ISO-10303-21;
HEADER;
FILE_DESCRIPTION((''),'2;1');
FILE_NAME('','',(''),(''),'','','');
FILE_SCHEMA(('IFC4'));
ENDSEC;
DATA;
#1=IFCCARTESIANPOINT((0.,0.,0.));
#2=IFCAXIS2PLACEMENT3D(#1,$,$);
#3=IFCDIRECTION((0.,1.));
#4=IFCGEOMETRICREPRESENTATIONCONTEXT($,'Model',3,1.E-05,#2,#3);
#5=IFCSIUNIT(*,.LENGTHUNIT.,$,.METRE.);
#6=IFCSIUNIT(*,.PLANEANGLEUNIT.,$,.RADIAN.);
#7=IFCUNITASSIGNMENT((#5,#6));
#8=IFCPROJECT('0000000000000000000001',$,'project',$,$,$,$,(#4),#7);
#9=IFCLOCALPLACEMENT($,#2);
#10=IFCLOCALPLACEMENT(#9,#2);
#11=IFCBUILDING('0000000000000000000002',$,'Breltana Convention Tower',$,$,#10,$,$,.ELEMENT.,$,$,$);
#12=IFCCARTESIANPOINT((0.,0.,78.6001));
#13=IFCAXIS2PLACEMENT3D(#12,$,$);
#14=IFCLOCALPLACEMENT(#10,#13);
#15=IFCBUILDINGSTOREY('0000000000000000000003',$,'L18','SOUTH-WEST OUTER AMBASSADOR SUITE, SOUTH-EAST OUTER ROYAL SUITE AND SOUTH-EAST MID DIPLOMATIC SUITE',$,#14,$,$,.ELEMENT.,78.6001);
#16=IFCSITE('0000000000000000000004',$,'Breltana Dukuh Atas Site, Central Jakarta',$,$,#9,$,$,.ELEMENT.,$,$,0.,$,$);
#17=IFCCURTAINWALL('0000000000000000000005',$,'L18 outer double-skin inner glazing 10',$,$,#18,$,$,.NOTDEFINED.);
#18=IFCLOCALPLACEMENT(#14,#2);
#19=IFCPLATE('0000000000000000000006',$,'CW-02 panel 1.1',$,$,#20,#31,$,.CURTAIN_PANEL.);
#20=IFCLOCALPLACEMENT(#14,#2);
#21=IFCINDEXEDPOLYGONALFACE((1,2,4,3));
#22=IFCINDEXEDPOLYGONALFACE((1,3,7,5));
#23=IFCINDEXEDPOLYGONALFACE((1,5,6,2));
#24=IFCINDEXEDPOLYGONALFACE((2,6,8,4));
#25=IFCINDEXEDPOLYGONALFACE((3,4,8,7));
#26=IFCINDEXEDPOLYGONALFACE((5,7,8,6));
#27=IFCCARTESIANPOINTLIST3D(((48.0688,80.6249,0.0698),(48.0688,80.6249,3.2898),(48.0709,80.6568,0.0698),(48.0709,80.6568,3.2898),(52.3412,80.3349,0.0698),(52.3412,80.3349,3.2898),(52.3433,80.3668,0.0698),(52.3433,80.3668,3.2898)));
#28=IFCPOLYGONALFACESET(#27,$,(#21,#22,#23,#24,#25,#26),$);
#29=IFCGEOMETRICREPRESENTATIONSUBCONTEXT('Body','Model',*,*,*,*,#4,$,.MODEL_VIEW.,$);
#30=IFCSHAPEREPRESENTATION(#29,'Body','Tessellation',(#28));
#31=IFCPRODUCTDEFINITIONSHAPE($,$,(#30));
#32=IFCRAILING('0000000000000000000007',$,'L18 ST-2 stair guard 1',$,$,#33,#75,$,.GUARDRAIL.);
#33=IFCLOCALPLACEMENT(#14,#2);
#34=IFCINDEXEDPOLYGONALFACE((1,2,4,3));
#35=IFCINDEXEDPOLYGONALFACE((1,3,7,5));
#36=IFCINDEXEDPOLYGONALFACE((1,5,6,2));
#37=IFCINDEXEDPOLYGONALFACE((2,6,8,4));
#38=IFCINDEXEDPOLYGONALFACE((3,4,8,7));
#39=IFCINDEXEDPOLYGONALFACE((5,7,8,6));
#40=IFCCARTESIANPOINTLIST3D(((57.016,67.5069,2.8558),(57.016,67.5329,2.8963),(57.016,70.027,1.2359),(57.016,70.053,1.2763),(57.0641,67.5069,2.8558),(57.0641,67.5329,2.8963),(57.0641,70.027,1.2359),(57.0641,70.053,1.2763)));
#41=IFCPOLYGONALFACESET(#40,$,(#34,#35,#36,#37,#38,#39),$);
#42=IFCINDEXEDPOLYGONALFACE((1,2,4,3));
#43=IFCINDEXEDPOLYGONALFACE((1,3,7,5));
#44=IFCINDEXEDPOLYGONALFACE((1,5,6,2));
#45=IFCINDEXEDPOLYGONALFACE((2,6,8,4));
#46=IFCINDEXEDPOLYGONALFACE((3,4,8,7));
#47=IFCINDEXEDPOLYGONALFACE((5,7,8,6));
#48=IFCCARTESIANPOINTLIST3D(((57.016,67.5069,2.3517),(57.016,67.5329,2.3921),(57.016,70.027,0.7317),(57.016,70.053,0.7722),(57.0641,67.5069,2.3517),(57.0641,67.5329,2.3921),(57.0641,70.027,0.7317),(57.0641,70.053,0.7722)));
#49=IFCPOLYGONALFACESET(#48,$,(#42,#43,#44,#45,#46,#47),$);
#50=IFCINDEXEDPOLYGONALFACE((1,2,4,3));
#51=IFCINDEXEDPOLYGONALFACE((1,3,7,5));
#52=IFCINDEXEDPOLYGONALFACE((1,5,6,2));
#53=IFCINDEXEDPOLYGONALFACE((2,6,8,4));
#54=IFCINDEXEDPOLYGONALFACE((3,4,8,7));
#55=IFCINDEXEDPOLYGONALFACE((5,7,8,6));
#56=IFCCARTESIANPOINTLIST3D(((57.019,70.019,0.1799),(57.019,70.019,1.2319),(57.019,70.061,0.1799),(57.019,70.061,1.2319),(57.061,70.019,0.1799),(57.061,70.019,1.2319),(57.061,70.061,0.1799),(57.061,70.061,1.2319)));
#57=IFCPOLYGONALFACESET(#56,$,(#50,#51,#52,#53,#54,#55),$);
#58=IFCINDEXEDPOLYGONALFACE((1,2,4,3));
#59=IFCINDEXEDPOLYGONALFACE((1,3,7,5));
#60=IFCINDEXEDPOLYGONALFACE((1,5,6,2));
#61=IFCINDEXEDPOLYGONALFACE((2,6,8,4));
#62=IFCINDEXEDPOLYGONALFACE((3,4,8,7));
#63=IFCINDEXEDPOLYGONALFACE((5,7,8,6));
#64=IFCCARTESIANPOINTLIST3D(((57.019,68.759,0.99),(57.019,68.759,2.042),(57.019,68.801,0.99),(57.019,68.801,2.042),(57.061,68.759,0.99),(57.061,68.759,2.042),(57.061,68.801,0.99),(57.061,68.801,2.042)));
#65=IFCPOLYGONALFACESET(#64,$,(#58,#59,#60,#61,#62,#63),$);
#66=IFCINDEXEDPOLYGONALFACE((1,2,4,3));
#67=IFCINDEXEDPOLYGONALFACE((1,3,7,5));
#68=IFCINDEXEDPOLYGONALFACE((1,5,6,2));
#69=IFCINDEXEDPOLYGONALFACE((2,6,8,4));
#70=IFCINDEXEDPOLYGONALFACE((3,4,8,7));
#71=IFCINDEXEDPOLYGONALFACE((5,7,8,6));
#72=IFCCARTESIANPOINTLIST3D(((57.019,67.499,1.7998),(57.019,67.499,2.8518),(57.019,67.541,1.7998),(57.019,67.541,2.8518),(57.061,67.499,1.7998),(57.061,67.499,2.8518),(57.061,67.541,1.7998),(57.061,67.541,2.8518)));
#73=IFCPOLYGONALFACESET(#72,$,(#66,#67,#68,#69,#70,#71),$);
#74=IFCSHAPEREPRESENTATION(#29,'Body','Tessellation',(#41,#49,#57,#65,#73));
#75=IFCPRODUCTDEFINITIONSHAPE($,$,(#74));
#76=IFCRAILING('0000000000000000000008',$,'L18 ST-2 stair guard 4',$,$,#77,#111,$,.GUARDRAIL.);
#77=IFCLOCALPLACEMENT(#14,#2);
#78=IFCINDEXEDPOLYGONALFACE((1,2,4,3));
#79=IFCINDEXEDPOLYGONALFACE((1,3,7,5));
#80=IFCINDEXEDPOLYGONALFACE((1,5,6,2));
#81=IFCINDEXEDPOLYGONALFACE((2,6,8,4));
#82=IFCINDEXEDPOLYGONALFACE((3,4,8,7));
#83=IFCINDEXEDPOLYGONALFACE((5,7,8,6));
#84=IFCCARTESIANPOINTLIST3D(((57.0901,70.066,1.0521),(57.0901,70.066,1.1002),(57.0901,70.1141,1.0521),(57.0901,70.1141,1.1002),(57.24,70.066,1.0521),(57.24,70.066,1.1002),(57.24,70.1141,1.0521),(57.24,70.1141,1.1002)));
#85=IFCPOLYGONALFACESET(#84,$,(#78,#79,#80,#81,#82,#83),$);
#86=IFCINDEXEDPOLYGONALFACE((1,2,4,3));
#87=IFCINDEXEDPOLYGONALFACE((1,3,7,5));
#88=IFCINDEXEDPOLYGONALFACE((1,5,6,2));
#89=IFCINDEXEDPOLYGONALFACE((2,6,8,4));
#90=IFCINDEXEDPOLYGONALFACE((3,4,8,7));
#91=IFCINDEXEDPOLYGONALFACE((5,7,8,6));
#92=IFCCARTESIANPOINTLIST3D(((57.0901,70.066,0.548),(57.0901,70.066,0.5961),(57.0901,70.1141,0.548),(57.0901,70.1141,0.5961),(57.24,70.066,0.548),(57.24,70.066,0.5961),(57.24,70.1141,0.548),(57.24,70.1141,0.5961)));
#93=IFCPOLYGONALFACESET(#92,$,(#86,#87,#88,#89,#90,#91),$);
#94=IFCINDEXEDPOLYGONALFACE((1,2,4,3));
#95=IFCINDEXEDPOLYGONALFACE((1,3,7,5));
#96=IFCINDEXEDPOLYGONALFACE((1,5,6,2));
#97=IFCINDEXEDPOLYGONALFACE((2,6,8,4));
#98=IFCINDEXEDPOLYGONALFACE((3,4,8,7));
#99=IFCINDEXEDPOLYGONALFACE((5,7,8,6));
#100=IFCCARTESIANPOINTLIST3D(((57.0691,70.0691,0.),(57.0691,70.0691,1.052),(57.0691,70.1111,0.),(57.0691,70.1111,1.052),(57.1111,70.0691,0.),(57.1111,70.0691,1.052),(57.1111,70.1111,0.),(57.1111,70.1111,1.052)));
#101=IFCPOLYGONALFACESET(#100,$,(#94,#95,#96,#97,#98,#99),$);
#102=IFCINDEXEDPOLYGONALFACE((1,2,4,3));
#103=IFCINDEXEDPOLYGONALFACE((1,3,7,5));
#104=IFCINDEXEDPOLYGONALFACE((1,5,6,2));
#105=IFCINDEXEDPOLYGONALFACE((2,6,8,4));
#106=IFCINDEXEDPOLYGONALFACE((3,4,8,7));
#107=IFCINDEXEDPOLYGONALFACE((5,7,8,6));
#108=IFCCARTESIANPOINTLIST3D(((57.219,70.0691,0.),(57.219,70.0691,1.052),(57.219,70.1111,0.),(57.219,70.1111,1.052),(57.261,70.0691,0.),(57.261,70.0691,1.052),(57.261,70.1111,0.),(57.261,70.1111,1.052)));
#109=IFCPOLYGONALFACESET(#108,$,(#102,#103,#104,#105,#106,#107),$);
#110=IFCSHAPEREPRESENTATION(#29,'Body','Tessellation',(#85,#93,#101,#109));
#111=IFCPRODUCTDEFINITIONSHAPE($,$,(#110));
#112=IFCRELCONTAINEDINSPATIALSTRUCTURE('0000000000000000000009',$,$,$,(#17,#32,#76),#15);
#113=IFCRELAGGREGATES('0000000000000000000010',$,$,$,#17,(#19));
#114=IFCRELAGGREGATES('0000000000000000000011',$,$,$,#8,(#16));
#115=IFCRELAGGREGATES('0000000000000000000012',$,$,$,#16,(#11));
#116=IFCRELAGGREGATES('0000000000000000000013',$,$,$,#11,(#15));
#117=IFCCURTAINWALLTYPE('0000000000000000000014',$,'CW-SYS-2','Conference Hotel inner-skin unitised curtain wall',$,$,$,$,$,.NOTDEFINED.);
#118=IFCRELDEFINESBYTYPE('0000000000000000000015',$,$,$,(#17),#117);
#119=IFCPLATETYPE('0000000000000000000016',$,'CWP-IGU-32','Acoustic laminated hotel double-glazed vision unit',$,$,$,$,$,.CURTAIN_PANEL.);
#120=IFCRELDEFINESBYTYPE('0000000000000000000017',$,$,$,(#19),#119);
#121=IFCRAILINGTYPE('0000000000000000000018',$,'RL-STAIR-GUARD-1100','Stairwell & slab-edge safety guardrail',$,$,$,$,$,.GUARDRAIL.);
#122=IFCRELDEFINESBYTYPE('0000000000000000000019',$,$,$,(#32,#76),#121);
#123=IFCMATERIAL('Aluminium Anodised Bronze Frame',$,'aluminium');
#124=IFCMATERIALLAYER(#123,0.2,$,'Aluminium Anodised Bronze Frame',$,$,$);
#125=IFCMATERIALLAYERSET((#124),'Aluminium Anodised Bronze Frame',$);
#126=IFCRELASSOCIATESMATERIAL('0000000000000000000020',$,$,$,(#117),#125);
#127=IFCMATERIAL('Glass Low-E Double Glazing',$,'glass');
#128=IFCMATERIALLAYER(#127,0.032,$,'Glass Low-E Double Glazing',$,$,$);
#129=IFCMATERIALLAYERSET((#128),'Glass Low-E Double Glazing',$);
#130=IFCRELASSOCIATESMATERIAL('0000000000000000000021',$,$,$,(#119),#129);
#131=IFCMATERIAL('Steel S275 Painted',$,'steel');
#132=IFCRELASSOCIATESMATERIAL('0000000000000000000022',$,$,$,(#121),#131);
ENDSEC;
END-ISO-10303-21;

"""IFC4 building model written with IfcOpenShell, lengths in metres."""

from ifc_helpers import new_model, si_unit, direction, frame, origin, origin_2d, place, context, subcontext, project, spatial, rectangle, extrude, source, transform, mapped, material, layer, layer_set, type_object, element, aggregate, save


model = new_model("IFC4")

# Units and contexts
model_context = context("Model", 3, precision=1e-05, world=origin(), true_north=direction((0.0, 1.0)))
body_context = subcontext(model_context, "Body", "Model", "MODEL_VIEW")
ifc_project = project(units=[si_unit("LENGTHUNIT", "METRE"), si_unit("PLANEANGLEUNIT", "RADIAN")], contexts=[model_context])

# Site, building, storey
site_placement = place(None, origin())
site = spatial("IfcSite", under=ifc_project, at=site_placement, Name="Breltana Dukuh Atas Site, Central Jakarta", CompositionType="ELEMENT", RefElevation=0.0)
building_placement = place(site_placement, origin())
building = spatial("IfcBuilding", under=site, at=building_placement, Name="Breltana Convention Tower", CompositionType="ELEMENT")
storey_placement = place(building_placement, frame((0.0, 0.0, 78.6001)))
storey = spatial("IfcBuildingStorey", under=building, at=storey_placement, Name="L18", Description="SOUTH-WEST OUTER AMBASSADOR SUITE, SOUTH-EAST OUTER ROYAL SUITE AND SOUTH-EAST MID DIPLOMATIC SUITE", CompositionType="ELEMENT", Elevation=78.6001)

# Curtain wall
ifc_material_1 = material(Name="Aluminium Anodised Bronze Frame", Category="aluminium")
ifc_layer_1 = layer(ifc_material_1, 0.2, Name="Aluminium Anodised Bronze Frame")
ifc_layer_set_1 = layer_set([ifc_layer_1], Name="Aluminium Anodised Bronze Frame")
curtain_wall_type = type_object("IfcCurtainWallType", Name="CW-SYS-2", Description="Conference Hotel inner-skin unitised curtain wall", PredefinedType="NOTDEFINED", material=ifc_layer_set_1)
curtain_wall_1_placement = place(storey_placement, origin())
curtain_wall_1 = element("IfcCurtainWall", 1, at=curtain_wall_1_placement, inside=storey, type_object=curtain_wall_type, Name="L18 outer double-skin inner glazing 10", PredefinedType="NOTDEFINED")

# Plate
ifc_material_2 = material(Name="Glass Low-E Double Glazing", Category="glass")
ifc_layer_2 = layer(ifc_material_2, 0.032, Name="Glass Low-E Double Glazing")
ifc_layer_set_2 = layer_set([ifc_layer_2], Name="Glass Low-E Double Glazing")
plate_type = type_object("IfcPlateType", Name="CWP-IGU-32", Description="Acoustic laminated hotel double-glazed vision unit", PredefinedType="CURTAIN_PANEL", material=ifc_layer_set_2)
shared_shape_1 = source(origin(), body_context, "Body", "SweptSolid", [
    extrude(rectangle(XDim=4.2822, YDim=0.032, at=origin_2d()), origin(), (0.0, 0.0, 1.0), 3.22),
])
plate_1_placement = place(storey_placement, frame((50.2061, 80.4958, 0.0698), z_axis=(0.0, 0.0, 1.0), x_axis=(0.997704, -0.067726, 0.0)))
plate_1 = element("IfcPlate", 2, at=plate_1_placement, type_object=plate_type, Name="CW-02 panel 1.1", PredefinedType="CURTAIN_PANEL", context=body_context, shape_type="MappedRepresentation", body=[
    mapped(shared_shape_1, transform((0.0, 0.0, 0.0), scale=1.0)),
])
aggregate(curtain_wall_1, [plate_1])

# Railings
ifc_material_3 = material(Name="Steel S275 Painted", Category="steel")
railing_type = type_object("IfcRailingType", Name="RL-STAIR-GUARD-1100", Description="Stairwell & slab-edge safety guardrail", PredefinedType="GUARDRAIL", material=ifc_material_3)
railing_1_placement = place(storey_placement, frame((57.04, 70.04, 0.1799)))
element("IfcRailing", 3, at=railing_1_placement, inside=storey, type_object=railing_type, Name="L18 ST-2 stair guard 1", PredefinedType="GUARDRAIL", context=body_context, shape_type="SweptSolid", body=[
    extrude(rectangle(XDim=0.0481, YDim=0.0481, at=origin_2d()), frame((0.0, 0.0, 1.0762), z_axis=(0.0, -0.8412, 0.540725), x_axis=(1.0, 0.0, 0.0)), (0.0, 0.0, 1.0), 2.9958),
    extrude(rectangle(XDim=0.0481, YDim=0.0481, at=origin_2d()), frame((0.0, 0.0, 0.572), z_axis=(0.0, -0.8412, 0.540725), x_axis=(1.0, 0.0, 0.0)), (0.0, 0.0, 1.0), 2.9958),
    extrude(rectangle(XDim=0.042, YDim=0.042, at=origin_2d()), origin(), (0.0, 0.0, 1.0), 1.052),
    extrude(rectangle(XDim=0.042, YDim=0.042, at=origin_2d()), frame((0.0, -1.26, 0.8101)), (0.0, 0.0, 1.0), 1.052),
    extrude(rectangle(XDim=0.042, YDim=0.042, at=origin_2d()), frame((0.0, -2.52, 1.6199)), (0.0, 0.0, 1.0), 1.052),
])
railing_2_placement = place(storey_placement, frame((57.0901, 70.0901, 0.0)))
element("IfcRailing", 4, at=railing_2_placement, inside=storey, type_object=railing_type, Name="L18 ST-2 stair guard 4", PredefinedType="GUARDRAIL", context=body_context, shape_type="SweptSolid", body=[
    extrude(rectangle(XDim=0.0481, YDim=0.0481, at=origin_2d()), frame((0.0, 0.0, 1.0762), z_axis=(1.0, 0.0, 0.0), x_axis=(0.0, 1.0, 0.0)), (0.0, 0.0, 1.0), 0.1499),
    extrude(rectangle(XDim=0.0481, YDim=0.0481, at=origin_2d()), frame((0.0, 0.0, 0.572), z_axis=(1.0, 0.0, 0.0), x_axis=(0.0, 1.0, 0.0)), (0.0, 0.0, 1.0), 0.1499),
    extrude(rectangle(XDim=0.042, YDim=0.042, at=origin_2d()), origin(), (0.0, 0.0, 1.0), 1.052),
    extrude(rectangle(XDim=0.042, YDim=0.042, at=origin_2d()), frame((0.1499, 0.0, 0.0)), (0.0, 0.0, 1.0), 1.052),
])

save(model, "model.ifc")
